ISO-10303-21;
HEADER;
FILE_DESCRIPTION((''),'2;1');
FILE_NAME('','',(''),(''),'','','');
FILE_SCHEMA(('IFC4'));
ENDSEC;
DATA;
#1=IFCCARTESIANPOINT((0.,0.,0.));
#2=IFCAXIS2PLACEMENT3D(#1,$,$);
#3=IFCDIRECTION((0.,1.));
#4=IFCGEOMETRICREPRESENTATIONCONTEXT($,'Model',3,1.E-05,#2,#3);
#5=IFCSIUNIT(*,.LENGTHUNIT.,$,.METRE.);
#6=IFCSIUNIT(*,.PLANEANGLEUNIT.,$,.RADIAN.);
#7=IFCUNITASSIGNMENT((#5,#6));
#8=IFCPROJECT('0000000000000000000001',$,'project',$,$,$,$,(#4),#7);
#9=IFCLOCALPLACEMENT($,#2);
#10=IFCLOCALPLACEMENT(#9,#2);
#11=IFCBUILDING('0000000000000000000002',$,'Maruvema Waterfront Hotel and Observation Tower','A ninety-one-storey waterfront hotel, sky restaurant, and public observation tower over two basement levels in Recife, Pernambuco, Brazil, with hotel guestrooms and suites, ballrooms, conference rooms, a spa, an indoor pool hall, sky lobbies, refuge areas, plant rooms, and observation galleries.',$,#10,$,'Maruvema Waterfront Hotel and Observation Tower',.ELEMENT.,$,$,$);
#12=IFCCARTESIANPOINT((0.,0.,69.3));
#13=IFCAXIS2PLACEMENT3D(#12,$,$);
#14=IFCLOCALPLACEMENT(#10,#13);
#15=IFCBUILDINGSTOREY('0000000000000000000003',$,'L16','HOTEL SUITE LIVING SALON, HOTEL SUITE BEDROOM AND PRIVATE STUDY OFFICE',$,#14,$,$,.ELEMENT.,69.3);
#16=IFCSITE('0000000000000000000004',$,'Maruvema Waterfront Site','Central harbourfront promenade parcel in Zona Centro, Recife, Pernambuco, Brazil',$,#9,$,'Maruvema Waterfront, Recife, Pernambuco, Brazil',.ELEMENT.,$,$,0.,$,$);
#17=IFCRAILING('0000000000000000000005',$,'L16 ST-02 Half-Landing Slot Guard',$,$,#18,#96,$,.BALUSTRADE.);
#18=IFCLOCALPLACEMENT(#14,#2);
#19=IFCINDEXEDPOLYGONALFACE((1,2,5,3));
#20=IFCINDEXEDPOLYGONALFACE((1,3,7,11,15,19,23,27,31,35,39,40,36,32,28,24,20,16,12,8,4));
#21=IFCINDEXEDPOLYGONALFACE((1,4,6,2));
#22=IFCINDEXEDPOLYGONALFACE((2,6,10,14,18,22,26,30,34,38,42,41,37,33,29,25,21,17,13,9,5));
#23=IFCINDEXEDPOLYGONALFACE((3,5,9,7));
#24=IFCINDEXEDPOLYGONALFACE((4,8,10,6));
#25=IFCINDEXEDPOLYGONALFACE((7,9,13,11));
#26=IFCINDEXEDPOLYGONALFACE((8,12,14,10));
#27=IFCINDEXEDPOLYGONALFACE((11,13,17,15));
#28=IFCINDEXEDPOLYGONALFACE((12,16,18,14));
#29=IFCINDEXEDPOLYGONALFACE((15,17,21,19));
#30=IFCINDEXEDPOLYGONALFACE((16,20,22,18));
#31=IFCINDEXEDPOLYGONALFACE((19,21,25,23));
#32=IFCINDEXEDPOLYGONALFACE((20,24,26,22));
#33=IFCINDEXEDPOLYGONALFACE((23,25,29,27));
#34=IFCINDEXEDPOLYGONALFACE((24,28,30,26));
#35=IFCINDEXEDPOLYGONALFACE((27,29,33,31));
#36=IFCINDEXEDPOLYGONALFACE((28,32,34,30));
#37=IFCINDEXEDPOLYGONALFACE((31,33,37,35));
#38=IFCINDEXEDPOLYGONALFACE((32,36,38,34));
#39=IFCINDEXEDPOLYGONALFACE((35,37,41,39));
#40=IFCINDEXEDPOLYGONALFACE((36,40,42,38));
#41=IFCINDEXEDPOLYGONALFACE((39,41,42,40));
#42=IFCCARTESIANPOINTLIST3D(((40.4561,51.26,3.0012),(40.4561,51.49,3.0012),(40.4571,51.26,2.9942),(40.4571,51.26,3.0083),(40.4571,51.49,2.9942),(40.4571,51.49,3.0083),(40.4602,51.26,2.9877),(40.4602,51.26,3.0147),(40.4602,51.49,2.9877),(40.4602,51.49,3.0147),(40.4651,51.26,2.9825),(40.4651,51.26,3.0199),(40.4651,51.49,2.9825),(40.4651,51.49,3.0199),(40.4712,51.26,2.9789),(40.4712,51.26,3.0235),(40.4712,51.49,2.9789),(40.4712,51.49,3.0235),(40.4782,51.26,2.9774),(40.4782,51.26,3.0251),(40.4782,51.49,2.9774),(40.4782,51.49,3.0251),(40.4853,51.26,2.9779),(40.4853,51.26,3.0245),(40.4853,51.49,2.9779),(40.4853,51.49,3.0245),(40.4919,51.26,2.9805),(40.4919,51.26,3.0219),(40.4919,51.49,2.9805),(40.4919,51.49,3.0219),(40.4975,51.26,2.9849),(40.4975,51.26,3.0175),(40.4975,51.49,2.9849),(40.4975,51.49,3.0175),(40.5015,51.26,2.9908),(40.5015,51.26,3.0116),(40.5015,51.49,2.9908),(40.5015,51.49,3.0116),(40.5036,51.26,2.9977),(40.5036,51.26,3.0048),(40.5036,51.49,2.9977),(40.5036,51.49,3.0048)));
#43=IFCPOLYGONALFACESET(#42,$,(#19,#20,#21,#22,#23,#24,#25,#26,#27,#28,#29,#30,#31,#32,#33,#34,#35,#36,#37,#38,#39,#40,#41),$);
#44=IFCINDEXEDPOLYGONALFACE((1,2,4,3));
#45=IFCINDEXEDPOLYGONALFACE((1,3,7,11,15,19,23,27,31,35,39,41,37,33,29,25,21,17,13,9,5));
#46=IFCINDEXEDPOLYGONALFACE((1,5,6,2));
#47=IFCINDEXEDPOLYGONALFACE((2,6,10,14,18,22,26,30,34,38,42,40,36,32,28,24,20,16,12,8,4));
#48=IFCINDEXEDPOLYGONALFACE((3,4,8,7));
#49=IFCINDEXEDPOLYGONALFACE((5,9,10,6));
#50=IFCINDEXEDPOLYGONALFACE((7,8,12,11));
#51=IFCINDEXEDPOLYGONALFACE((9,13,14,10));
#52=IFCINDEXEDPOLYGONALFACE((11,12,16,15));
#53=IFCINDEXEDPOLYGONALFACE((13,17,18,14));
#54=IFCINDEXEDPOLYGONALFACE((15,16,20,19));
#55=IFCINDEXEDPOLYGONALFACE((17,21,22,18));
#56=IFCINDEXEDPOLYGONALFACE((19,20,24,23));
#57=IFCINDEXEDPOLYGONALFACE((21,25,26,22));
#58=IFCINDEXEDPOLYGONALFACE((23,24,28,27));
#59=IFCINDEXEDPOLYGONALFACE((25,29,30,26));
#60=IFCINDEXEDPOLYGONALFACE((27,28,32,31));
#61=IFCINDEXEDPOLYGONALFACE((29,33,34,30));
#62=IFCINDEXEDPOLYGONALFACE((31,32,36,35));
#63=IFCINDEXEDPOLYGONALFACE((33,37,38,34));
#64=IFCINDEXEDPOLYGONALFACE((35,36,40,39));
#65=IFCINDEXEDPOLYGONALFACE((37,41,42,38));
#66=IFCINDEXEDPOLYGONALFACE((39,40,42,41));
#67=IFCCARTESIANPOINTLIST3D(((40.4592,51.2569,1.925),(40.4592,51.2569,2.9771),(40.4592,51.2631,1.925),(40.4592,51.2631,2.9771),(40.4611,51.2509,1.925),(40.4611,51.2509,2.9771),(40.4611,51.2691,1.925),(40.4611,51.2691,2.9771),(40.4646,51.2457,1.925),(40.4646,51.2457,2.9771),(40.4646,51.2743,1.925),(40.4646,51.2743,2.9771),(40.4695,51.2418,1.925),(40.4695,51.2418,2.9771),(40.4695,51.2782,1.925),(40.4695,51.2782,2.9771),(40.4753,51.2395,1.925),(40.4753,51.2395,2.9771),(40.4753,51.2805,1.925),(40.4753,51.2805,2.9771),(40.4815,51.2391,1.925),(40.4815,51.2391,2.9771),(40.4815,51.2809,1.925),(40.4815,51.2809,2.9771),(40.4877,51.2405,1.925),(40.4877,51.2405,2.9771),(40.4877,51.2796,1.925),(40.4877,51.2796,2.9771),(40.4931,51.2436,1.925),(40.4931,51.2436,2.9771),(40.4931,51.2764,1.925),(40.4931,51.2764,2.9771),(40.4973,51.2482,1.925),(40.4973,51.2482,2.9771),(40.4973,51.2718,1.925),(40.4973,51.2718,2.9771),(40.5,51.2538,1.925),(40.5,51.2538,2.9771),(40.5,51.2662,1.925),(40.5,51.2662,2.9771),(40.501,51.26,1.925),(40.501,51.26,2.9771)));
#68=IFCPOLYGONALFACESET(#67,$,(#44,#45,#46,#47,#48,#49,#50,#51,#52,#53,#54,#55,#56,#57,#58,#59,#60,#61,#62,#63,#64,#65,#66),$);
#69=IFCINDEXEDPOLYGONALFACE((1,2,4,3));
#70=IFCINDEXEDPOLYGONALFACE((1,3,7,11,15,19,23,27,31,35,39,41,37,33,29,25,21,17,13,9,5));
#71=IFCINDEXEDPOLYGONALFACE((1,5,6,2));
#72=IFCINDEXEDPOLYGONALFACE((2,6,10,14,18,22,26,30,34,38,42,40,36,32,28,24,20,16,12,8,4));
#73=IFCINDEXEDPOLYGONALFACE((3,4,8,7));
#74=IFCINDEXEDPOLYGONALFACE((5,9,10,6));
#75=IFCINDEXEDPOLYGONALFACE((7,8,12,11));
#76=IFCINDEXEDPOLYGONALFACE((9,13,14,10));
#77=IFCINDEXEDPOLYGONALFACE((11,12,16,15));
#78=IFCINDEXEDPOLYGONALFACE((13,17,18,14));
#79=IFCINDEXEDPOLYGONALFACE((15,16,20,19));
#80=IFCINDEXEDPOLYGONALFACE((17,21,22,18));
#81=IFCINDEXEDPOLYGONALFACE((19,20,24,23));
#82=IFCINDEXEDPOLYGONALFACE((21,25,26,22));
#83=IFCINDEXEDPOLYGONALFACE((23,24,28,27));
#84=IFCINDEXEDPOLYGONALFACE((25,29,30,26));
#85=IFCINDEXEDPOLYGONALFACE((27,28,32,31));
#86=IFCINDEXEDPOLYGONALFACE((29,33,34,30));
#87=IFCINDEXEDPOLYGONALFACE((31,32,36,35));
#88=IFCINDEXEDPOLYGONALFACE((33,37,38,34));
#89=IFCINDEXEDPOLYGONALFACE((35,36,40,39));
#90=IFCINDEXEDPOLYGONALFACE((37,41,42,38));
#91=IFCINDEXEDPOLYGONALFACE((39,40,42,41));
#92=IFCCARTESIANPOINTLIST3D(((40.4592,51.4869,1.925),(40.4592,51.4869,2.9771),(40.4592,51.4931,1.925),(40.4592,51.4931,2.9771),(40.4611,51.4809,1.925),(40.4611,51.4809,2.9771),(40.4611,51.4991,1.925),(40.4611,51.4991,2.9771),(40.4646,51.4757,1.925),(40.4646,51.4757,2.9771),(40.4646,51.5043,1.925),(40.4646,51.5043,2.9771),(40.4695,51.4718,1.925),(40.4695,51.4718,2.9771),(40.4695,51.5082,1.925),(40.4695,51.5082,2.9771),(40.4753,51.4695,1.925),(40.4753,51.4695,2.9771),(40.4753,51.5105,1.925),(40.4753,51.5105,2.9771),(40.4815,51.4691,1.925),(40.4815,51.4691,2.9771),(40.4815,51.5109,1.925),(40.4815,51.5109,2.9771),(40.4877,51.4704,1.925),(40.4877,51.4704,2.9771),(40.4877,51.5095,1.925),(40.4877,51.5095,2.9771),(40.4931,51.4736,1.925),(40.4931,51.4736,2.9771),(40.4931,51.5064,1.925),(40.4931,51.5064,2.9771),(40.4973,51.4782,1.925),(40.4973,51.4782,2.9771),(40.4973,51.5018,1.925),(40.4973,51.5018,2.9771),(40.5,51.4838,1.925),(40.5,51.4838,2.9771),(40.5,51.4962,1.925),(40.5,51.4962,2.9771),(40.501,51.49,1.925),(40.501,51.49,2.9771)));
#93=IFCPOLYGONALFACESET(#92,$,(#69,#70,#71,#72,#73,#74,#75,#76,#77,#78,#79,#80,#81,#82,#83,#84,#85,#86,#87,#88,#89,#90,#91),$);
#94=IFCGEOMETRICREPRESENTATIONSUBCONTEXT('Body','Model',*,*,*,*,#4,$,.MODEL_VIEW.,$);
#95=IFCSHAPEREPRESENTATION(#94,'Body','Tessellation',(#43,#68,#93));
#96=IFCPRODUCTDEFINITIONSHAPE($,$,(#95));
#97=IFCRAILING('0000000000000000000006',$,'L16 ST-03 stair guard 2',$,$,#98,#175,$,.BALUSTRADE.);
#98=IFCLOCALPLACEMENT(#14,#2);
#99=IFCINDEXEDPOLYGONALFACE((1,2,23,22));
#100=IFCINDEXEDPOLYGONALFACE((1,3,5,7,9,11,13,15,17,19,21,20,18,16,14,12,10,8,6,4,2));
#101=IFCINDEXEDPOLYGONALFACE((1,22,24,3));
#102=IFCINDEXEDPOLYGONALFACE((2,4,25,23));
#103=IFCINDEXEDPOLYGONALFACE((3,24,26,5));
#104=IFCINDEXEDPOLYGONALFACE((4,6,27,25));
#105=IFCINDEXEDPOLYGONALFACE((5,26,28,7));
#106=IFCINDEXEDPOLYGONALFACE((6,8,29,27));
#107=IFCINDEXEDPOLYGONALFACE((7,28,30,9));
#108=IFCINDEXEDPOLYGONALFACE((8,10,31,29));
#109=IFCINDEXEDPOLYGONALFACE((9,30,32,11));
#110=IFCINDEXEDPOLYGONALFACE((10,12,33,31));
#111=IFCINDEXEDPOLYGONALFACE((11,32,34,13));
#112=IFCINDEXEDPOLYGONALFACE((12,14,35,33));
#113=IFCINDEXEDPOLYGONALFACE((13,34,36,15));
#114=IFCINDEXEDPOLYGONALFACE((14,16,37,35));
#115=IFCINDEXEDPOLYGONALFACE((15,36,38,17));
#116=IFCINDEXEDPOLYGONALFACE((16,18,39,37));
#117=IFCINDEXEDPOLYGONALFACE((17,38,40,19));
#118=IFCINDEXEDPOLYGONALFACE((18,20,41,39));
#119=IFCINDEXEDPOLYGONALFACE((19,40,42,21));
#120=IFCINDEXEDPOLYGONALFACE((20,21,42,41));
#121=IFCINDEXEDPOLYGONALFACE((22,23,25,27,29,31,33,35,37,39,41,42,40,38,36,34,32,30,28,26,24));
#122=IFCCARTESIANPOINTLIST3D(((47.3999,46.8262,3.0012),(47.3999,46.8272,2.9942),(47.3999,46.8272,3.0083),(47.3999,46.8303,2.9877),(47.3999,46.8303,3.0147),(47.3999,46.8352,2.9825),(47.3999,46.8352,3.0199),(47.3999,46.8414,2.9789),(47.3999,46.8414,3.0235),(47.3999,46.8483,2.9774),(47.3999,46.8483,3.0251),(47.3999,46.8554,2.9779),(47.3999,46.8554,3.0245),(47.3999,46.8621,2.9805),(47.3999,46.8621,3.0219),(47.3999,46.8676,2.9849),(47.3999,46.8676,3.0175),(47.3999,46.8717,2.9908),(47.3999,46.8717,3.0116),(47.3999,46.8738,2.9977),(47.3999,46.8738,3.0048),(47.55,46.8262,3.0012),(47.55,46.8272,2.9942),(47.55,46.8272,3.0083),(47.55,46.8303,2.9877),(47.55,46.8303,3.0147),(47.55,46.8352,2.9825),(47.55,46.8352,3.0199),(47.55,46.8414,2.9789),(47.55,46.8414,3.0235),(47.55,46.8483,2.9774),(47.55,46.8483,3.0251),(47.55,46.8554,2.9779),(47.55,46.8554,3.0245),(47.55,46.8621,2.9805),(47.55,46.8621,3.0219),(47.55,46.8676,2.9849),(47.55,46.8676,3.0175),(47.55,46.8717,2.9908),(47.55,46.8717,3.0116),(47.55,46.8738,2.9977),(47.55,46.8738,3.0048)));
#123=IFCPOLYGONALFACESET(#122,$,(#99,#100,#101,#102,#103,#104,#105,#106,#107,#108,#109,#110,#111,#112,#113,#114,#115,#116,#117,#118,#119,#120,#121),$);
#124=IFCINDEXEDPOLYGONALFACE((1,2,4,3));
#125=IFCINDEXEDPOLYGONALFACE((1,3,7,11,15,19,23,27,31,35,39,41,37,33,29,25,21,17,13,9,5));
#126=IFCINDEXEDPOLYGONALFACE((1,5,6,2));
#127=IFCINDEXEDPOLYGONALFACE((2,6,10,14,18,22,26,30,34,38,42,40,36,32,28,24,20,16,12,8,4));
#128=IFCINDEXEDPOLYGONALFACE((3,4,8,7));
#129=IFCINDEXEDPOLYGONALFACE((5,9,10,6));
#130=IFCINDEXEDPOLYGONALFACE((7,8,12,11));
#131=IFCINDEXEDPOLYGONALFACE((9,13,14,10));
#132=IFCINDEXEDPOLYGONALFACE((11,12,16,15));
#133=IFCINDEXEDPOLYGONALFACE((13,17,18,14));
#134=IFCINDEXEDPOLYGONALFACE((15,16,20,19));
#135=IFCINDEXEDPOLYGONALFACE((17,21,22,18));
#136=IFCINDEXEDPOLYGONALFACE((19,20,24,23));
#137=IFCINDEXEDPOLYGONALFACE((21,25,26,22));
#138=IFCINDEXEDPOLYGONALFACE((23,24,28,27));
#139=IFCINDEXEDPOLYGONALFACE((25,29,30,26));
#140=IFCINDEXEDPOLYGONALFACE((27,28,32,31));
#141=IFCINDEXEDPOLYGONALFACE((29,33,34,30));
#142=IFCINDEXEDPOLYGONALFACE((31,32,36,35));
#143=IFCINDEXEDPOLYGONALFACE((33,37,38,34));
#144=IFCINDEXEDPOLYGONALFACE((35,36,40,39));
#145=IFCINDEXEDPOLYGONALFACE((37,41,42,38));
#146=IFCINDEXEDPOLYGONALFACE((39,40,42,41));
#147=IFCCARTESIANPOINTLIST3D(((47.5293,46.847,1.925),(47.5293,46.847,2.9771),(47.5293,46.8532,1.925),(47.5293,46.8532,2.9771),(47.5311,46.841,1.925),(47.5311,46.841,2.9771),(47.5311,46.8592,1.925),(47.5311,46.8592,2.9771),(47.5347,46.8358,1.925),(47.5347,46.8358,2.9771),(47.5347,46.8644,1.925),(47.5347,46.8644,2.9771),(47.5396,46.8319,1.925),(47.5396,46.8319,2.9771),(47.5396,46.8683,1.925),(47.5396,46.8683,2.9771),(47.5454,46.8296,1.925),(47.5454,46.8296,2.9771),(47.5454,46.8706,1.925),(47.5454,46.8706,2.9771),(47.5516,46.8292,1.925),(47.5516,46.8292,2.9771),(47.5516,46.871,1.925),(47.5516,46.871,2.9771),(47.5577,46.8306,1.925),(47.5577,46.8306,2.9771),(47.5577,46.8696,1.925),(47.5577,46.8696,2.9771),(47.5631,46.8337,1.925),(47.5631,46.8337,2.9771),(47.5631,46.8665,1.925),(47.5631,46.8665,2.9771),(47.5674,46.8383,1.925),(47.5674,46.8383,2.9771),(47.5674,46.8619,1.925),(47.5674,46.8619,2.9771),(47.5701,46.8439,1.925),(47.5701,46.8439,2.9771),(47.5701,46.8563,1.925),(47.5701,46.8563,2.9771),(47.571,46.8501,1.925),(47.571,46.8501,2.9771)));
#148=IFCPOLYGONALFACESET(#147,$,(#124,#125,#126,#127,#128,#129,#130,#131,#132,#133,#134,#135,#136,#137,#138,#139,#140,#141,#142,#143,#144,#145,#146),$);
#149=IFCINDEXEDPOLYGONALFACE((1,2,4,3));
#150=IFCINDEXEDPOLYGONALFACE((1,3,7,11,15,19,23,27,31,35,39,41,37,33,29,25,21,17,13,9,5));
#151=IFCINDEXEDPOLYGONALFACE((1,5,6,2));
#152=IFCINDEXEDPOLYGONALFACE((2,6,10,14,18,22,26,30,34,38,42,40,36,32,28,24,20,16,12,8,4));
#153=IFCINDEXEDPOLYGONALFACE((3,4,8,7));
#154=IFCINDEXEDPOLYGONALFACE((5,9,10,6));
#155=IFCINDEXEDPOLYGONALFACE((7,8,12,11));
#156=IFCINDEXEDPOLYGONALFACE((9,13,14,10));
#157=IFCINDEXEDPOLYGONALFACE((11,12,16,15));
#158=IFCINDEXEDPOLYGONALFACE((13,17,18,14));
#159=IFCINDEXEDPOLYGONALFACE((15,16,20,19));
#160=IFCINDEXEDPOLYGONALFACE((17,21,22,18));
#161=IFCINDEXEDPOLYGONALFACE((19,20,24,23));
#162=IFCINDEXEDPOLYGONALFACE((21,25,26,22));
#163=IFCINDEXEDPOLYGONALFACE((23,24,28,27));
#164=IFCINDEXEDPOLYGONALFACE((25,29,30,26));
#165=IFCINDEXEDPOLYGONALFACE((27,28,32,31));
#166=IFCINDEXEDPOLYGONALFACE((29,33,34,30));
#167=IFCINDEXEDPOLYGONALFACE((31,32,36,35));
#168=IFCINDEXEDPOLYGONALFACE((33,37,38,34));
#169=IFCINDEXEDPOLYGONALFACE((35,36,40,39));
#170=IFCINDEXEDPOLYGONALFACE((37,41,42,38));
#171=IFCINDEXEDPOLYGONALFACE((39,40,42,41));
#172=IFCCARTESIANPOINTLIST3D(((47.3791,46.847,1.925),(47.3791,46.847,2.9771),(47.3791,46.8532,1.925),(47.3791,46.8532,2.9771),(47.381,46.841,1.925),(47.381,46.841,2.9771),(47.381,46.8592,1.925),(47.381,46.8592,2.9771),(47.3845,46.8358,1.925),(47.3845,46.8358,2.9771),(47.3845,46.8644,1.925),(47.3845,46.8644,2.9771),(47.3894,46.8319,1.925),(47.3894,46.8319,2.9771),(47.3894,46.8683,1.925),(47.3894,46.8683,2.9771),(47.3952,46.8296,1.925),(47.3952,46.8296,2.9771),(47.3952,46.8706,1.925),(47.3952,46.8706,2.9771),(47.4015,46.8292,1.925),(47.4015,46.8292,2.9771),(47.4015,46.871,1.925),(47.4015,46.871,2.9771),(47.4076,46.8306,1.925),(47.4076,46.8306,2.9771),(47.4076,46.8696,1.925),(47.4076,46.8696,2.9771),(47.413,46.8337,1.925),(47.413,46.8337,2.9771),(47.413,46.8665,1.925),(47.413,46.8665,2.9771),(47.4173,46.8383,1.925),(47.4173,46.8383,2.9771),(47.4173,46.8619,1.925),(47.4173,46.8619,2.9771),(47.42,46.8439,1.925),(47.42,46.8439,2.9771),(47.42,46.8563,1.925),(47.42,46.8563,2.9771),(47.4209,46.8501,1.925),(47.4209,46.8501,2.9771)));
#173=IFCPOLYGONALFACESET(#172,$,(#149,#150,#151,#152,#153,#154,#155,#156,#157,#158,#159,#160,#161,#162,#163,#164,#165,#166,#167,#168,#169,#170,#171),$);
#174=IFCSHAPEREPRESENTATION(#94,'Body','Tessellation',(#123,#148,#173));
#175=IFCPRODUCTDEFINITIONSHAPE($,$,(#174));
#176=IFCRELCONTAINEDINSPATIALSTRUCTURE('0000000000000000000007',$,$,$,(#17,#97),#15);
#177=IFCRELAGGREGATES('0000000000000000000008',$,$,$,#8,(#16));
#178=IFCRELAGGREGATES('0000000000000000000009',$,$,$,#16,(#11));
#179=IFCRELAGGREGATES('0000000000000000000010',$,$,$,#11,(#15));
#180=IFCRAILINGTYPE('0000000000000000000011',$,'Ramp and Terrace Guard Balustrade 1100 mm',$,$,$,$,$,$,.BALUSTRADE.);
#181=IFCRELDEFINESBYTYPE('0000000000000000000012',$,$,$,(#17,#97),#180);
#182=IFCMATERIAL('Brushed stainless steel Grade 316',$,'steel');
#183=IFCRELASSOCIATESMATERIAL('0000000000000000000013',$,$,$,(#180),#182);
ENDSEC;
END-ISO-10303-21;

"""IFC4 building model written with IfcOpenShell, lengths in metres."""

from ifc_helpers import new_model, si_unit, direction, frame, origin, origin_2d, place, context, subcontext, project, spatial, circle, extrude, material, type_object, element, save


model = new_model("IFC4")

# Units and contexts
model_context = context("Model", 3, precision=1e-05, world=origin(), true_north=direction((0.0, 1.0)))
body_context = subcontext(model_context, "Body", "Model", "MODEL_VIEW")
ifc_project = project(units=[si_unit("LENGTHUNIT", "METRE"), si_unit("PLANEANGLEUNIT", "RADIAN")], contexts=[model_context])

# Site, building, storey
site_placement = place(None, origin())
site = spatial("IfcSite", under=ifc_project, at=site_placement, Name="Maruvema Waterfront Site", Description="Central harbourfront promenade parcel in Zona Centro, Recife, Pernambuco, Brazil", LongName="Maruvema Waterfront, Recife, Pernambuco, Brazil", CompositionType="ELEMENT", RefElevation=0.0)
building_placement = place(site_placement, origin())
building = spatial("IfcBuilding", under=site, at=building_placement, Name="Maruvema Waterfront Hotel and Observation Tower", Description="A ninety-one-storey waterfront hotel, sky restaurant, and public observation tower over two basement levels in Recife, Pernambuco, Brazil, with hotel guestrooms and suites, ballrooms, conference rooms, a spa, an indoor pool hall, sky lobbies, refuge areas, plant rooms, and observation galleries.", LongName="Maruvema Waterfront Hotel and Observation Tower", CompositionType="ELEMENT")
storey_placement = place(building_placement, frame((0.0, 0.0, 69.3)))
storey = spatial("IfcBuildingStorey", under=building, at=storey_placement, Name="L16", Description="HOTEL SUITE LIVING SALON, HOTEL SUITE BEDROOM AND PRIVATE STUDY OFFICE", CompositionType="ELEMENT", Elevation=69.3)

# Railings
ifc_material_1 = material(Name="Brushed stainless steel Grade 316", Category="steel")
railing_type_1 = type_object("IfcRailingType", Name="Ramp and Terrace Guard Balustrade 1100 mm", PredefinedType="BALUSTRADE", material=ifc_material_1)
railing_1_placement = place(storey_placement, frame((40.48, 51.26, 1.925)))
element("IfcRailing", 1, at=railing_1_placement, inside=storey, type_object=railing_type_1, Name="L16 ST-02 Half-Landing Slot Guard", PredefinedType="BALUSTRADE", context=body_context, shape_type="SweptSolid", body=[
    extrude(circle(Radius=0.0239, at=origin_2d()), frame((0.0, 0.0, 1.0762), z_axis=(0.0, 1.0, 0.0), x_axis=(-1.0, 0.0, 0.0)), (0.0, 0.0, 1.0), 0.23),
    extrude(circle(Radius=0.021, at=origin_2d()), origin(), (0.0, 0.0, 1.0), 1.052),
    extrude(circle(Radius=0.021, at=origin_2d()), frame((0.0, 0.23, 0.0)), (0.0, 0.0, 1.0), 1.052),
])
railing_2_placement = place(storey_placement, frame((47.55, 46.8501, 1.925)))
element("IfcRailing", 2, at=railing_2_placement, inside=storey, type_object=railing_type_1, Name="L16 ST-03 stair guard 2", PredefinedType="BALUSTRADE", context=body_context, shape_type="SweptSolid", body=[
    extrude(circle(Radius=0.0239, at=origin_2d()), frame((0.0, 0.0, 1.0762), z_axis=(-1.0, 0.0, 0.0), x_axis=(0.0, -1.0, 0.0)), (0.0, 0.0, 1.0), 0.1501),
    extrude(circle(Radius=0.021, at=origin_2d()), origin(), (0.0, 0.0, 1.0), 1.052),
    extrude(circle(Radius=0.021, at=origin_2d()), frame((-0.1501, 0.0, 0.0)), (0.0, 0.0, 1.0), 1.052),
])

save(model, "model.ifc")
